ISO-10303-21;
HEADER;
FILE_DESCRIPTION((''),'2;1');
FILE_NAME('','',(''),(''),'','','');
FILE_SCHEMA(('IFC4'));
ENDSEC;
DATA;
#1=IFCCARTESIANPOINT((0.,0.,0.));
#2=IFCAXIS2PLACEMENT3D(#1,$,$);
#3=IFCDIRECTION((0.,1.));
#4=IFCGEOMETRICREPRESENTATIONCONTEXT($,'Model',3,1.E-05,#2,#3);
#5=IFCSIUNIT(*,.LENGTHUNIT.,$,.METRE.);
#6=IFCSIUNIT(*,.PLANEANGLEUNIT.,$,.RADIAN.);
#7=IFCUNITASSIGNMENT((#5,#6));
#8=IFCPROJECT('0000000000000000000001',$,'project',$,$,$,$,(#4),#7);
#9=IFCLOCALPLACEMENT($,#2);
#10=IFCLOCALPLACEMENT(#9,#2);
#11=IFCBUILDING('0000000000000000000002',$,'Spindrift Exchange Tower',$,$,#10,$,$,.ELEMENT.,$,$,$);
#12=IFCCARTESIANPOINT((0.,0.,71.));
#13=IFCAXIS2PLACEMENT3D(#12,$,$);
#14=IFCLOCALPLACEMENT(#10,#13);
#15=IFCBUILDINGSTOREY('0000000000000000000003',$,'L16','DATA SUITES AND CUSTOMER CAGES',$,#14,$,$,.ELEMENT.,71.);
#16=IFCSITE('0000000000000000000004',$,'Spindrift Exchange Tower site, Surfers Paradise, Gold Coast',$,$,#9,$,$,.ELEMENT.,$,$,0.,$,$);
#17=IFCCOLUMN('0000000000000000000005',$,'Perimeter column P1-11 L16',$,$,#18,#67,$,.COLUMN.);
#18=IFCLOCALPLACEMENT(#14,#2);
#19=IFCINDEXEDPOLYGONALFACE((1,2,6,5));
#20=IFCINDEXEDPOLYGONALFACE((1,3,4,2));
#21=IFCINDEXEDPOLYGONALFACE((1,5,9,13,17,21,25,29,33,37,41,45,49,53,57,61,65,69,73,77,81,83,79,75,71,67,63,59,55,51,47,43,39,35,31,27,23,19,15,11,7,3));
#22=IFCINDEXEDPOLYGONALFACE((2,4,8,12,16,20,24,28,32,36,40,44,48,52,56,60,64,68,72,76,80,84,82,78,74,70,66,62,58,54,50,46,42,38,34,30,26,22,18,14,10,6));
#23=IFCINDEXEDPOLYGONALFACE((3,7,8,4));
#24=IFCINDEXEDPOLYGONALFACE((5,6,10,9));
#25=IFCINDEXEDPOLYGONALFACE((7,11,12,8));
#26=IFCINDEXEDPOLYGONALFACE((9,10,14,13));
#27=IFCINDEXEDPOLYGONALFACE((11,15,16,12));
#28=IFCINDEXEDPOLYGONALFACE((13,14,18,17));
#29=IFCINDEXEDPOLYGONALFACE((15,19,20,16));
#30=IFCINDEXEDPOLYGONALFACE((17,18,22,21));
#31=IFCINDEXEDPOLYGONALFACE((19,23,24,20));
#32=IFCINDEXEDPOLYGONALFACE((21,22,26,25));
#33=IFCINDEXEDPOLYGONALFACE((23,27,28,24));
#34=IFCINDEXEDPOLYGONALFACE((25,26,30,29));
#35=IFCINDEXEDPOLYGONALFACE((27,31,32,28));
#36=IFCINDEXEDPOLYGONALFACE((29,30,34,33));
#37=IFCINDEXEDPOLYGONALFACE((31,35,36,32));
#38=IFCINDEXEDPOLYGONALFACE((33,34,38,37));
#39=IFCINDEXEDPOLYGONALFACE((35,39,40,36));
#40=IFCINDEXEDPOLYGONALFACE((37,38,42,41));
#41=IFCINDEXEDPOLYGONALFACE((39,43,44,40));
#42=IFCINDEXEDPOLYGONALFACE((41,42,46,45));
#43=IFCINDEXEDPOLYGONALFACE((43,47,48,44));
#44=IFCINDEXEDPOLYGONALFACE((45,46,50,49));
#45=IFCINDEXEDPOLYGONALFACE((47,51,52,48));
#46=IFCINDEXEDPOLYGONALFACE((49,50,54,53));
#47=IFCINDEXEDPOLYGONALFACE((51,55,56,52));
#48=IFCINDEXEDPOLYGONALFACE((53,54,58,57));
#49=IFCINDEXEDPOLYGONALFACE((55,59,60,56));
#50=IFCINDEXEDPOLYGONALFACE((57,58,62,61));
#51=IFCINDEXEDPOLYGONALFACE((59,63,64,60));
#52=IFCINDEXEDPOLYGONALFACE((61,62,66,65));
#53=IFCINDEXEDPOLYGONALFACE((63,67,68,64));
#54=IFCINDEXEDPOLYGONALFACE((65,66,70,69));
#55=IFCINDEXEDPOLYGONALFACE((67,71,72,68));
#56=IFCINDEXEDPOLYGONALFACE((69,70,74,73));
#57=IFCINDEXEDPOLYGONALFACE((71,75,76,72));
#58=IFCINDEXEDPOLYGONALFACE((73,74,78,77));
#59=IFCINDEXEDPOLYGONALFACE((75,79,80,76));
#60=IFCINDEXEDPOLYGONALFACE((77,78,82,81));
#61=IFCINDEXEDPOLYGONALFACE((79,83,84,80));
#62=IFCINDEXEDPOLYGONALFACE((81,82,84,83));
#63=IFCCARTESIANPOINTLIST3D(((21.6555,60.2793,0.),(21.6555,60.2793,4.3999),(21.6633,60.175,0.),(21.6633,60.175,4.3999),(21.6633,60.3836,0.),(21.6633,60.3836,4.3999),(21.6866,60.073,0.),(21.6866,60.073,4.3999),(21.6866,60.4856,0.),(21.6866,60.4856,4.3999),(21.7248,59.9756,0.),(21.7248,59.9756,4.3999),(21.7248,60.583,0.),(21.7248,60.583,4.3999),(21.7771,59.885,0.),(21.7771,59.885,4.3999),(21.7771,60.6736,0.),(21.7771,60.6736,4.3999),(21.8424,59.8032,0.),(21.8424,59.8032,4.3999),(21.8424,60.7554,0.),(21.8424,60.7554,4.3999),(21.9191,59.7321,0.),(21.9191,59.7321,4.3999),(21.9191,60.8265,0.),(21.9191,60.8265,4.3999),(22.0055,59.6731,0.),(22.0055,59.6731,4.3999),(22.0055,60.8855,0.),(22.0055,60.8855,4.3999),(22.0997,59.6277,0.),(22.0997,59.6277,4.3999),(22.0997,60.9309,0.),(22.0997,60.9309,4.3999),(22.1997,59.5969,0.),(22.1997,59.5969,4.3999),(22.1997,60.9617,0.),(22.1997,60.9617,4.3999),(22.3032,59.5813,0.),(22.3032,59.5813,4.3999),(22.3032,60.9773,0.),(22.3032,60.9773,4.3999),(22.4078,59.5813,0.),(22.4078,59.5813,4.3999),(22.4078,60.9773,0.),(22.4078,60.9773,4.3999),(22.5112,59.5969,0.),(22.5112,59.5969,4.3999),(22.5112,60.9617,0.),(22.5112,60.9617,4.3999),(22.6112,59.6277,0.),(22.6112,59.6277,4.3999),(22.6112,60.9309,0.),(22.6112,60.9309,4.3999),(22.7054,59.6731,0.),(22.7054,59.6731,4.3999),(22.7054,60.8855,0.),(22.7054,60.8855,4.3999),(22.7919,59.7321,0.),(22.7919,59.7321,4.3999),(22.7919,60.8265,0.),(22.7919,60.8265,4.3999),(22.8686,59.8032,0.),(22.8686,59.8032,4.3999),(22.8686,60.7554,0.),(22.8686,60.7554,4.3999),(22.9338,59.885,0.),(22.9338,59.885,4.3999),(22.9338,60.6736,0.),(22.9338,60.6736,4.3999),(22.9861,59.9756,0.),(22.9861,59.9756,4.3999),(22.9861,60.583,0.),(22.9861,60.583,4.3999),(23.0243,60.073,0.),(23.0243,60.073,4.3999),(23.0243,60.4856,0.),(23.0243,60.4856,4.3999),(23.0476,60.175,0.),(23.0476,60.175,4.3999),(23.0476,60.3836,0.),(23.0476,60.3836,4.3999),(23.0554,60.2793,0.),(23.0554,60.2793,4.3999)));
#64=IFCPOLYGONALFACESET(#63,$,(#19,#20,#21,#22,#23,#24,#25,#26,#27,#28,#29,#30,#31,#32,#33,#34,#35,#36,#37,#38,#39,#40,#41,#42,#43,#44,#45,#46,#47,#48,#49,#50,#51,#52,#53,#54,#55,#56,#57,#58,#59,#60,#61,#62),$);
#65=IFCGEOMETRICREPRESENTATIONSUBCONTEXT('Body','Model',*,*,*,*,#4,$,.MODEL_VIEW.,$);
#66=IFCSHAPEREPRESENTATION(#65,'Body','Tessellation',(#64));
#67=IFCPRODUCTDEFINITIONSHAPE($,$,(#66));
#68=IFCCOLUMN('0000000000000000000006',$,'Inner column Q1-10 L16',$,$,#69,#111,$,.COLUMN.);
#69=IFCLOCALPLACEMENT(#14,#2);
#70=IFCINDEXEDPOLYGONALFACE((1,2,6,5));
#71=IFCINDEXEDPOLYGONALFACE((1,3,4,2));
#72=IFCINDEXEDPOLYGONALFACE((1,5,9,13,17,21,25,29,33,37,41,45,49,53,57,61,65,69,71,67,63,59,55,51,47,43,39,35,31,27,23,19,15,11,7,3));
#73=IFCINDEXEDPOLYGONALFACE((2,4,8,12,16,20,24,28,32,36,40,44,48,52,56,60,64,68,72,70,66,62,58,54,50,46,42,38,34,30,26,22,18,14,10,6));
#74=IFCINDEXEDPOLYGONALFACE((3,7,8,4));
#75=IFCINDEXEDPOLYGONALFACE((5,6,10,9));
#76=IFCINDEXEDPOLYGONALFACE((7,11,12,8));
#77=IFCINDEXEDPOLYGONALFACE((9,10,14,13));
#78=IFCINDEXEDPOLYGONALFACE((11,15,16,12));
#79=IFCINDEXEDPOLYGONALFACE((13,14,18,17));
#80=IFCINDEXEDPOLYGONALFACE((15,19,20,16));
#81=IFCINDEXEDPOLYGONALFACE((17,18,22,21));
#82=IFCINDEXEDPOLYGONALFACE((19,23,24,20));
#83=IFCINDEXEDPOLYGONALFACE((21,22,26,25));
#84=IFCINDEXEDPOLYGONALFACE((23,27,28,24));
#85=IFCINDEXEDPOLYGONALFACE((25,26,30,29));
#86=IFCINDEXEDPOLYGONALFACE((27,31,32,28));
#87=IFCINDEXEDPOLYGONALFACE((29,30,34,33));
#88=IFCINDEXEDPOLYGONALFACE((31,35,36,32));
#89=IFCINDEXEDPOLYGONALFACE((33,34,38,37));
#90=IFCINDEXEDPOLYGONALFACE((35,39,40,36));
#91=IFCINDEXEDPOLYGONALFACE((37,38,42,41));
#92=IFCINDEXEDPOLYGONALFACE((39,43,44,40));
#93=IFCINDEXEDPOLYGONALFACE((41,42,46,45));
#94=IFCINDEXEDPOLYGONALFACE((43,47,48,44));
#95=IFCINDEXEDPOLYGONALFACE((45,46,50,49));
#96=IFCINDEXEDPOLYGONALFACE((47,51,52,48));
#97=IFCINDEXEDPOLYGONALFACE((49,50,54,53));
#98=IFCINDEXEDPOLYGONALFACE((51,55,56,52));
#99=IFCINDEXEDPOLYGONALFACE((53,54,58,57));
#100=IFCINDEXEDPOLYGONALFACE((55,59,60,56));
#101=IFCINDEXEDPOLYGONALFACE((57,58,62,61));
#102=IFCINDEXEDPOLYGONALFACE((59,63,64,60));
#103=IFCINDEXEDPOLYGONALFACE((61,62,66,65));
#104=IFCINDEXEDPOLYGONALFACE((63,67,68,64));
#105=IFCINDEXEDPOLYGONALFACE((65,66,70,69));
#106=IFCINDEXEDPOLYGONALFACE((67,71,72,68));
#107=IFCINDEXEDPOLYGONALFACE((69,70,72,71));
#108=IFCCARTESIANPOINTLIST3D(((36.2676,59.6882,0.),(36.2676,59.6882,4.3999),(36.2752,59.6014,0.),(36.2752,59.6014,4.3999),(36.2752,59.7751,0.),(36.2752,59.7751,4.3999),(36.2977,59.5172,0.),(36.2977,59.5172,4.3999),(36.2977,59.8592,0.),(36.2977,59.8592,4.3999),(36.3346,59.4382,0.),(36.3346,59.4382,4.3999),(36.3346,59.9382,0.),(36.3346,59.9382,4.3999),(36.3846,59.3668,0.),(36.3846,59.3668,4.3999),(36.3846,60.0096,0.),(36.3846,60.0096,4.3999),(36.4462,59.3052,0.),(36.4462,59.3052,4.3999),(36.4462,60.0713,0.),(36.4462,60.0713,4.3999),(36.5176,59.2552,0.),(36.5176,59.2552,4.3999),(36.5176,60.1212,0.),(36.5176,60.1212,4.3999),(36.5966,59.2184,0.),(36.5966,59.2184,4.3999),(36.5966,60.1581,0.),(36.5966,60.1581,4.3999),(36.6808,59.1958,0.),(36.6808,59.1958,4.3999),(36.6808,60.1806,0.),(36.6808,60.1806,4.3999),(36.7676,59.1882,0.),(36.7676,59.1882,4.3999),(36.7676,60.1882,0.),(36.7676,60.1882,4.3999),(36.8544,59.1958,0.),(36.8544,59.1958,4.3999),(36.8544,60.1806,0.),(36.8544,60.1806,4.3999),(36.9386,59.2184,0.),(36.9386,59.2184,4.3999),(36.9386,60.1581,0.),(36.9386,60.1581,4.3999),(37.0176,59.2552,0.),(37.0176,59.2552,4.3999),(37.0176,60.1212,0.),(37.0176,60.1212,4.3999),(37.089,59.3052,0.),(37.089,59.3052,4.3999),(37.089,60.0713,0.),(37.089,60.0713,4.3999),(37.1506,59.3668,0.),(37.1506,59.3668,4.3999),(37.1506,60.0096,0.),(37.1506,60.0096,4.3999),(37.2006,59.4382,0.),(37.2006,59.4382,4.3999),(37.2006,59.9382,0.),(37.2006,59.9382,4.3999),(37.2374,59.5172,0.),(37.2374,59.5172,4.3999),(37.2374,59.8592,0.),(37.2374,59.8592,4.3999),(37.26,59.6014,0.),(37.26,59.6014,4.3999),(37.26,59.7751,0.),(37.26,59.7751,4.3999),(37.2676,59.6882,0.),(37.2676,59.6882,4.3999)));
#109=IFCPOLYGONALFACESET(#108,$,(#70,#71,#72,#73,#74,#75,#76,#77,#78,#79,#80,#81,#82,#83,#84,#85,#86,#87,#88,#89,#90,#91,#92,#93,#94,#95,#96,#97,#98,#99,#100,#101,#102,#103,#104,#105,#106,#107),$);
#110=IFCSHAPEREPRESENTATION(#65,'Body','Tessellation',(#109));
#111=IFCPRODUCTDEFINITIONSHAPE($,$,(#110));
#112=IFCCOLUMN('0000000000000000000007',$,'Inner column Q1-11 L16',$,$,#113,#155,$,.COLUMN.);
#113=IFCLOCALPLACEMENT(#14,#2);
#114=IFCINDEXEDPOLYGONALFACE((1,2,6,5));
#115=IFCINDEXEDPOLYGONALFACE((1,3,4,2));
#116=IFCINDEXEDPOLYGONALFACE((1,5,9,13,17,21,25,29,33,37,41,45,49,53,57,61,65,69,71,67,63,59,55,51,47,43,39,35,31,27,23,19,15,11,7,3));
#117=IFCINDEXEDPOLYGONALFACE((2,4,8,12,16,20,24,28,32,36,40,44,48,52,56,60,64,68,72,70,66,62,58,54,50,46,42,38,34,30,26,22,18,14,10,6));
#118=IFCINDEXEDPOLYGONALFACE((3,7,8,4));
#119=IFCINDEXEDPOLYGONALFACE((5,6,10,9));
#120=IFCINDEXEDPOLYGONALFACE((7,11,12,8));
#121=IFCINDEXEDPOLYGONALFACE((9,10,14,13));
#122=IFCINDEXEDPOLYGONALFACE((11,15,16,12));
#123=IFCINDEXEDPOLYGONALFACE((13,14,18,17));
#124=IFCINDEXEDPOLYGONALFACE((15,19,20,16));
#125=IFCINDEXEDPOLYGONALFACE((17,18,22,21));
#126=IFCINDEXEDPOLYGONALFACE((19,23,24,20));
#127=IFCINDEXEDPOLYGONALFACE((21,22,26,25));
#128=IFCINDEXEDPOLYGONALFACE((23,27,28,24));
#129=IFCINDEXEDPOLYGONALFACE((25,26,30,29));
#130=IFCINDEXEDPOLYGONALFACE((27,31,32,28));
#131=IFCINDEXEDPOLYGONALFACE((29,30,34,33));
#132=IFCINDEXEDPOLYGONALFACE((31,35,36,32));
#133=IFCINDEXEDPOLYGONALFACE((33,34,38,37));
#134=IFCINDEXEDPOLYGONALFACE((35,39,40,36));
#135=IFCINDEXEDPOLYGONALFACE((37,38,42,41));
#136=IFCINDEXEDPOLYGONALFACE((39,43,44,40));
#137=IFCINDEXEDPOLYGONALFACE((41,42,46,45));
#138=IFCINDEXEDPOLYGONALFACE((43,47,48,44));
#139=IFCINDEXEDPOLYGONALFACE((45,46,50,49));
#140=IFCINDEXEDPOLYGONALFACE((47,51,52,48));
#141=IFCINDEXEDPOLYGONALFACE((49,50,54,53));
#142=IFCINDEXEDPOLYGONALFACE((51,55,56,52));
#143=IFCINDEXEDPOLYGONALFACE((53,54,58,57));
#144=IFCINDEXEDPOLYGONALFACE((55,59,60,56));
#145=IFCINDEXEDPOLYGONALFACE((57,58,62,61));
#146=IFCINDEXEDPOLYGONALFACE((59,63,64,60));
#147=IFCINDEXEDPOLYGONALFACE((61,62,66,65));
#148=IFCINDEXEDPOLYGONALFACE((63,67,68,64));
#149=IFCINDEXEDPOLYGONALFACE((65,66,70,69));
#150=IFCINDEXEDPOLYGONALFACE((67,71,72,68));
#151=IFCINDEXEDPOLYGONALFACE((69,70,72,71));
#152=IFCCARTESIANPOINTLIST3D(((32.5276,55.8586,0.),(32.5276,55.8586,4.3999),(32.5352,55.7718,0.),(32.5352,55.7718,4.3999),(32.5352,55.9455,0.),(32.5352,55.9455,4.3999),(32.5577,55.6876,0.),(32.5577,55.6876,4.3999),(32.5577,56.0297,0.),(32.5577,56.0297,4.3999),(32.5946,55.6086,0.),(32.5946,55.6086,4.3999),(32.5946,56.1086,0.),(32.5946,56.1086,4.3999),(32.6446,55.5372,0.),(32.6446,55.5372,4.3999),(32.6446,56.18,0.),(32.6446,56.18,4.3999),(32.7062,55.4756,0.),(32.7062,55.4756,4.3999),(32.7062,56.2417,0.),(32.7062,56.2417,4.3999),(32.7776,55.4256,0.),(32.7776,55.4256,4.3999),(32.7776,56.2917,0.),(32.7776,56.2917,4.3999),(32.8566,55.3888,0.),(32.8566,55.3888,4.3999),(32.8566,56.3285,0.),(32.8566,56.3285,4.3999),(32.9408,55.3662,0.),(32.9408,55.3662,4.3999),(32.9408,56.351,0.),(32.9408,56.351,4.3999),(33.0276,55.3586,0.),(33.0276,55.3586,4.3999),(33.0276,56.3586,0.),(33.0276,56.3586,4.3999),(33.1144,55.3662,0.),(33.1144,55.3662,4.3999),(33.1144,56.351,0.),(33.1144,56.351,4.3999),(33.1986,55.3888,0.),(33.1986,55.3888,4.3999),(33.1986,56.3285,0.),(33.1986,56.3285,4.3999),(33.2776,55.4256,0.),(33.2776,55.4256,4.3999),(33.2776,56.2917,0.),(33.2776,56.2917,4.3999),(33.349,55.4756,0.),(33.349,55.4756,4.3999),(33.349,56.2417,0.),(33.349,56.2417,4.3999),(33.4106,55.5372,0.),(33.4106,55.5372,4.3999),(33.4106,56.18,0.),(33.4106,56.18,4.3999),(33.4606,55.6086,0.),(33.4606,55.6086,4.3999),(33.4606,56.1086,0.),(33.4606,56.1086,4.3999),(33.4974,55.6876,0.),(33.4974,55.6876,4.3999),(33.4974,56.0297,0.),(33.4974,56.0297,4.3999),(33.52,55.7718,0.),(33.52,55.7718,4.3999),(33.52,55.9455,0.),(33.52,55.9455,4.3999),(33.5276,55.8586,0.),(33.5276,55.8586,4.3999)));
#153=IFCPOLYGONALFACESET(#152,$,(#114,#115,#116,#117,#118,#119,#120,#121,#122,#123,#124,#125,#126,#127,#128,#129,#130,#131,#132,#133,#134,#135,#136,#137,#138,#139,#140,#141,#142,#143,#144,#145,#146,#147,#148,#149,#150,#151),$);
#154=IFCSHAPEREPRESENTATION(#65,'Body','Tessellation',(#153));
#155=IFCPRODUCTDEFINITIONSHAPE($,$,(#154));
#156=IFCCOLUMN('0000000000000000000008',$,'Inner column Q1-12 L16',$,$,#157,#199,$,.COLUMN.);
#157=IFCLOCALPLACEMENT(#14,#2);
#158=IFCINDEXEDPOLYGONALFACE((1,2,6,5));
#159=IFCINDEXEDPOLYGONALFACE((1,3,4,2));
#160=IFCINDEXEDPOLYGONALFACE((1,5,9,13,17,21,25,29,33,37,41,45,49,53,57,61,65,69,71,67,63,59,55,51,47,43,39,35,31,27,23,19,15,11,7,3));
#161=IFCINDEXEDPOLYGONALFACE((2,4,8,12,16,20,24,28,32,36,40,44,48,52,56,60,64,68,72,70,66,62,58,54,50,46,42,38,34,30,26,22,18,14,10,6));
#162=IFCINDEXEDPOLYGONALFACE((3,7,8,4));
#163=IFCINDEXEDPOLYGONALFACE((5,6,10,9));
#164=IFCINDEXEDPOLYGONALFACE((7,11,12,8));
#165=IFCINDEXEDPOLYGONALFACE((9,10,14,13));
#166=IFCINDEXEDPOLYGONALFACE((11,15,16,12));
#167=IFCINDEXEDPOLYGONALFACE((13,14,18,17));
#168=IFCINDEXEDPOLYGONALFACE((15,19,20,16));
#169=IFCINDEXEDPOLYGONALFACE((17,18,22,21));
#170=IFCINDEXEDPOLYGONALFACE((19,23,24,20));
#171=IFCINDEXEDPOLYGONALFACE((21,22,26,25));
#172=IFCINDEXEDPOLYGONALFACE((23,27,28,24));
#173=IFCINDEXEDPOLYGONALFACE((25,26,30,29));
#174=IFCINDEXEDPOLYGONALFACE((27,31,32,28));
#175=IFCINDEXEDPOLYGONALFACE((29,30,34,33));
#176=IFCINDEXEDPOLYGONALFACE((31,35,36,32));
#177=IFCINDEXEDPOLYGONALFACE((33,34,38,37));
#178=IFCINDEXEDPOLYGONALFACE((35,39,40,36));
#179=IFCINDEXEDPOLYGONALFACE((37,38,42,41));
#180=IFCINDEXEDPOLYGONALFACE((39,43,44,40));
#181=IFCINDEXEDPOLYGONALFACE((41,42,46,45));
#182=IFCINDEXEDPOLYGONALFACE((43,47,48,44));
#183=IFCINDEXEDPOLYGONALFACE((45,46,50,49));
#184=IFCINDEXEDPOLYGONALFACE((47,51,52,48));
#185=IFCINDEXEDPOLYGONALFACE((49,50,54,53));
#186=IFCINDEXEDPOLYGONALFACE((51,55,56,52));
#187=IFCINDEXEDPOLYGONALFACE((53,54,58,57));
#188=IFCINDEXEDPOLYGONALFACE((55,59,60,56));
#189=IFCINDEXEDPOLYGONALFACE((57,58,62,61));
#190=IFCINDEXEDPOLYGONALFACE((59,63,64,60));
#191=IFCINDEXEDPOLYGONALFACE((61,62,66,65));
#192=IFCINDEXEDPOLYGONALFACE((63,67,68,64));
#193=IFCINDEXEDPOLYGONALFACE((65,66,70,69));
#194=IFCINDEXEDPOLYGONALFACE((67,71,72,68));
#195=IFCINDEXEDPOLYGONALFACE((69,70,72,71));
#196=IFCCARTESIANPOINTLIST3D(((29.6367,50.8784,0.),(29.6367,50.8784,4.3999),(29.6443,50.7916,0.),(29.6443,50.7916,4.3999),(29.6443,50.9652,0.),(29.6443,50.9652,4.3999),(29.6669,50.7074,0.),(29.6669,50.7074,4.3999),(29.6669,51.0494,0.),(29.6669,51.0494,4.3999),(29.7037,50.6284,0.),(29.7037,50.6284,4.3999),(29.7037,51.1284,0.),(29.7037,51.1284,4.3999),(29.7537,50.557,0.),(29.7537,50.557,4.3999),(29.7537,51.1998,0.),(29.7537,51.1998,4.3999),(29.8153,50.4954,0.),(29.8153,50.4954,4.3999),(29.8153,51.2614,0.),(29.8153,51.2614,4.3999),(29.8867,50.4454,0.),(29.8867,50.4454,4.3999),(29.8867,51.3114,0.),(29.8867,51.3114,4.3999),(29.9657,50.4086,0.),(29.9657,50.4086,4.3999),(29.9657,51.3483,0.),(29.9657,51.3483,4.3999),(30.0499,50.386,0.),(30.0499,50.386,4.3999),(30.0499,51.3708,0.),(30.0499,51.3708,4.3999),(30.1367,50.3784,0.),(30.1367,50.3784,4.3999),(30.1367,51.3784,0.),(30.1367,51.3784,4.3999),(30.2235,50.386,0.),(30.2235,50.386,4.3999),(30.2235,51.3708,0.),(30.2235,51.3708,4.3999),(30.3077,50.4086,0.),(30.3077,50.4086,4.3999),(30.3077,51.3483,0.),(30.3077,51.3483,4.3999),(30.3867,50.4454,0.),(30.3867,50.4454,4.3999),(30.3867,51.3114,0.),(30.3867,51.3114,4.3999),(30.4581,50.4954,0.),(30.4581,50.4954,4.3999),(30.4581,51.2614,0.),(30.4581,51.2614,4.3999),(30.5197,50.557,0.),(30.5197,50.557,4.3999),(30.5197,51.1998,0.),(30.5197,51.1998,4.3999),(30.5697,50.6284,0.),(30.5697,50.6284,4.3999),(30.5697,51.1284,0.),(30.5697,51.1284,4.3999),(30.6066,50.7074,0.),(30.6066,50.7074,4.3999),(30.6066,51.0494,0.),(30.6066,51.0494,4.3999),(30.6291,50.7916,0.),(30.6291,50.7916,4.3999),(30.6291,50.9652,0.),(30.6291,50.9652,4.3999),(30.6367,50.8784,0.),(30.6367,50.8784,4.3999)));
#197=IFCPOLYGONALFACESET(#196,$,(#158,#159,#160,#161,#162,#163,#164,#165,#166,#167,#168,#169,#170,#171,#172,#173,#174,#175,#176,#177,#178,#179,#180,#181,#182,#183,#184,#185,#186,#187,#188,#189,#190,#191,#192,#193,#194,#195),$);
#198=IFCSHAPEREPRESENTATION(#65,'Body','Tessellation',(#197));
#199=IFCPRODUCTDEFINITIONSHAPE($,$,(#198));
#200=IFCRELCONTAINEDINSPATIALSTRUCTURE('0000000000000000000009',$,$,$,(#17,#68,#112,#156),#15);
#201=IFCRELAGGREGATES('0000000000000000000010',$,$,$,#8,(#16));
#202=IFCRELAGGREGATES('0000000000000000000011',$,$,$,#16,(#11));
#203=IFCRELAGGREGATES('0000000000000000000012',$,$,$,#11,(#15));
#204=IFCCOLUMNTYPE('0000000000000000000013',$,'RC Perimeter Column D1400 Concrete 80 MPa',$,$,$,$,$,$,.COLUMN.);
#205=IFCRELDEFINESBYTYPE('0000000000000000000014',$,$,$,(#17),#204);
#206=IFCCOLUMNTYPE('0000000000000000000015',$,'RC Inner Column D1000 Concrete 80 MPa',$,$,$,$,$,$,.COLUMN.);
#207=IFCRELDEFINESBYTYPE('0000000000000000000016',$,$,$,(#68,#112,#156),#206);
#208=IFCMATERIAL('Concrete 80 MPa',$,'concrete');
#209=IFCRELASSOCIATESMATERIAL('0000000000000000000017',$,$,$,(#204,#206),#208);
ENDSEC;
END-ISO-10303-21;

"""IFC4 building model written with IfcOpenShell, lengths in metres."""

from ifc_helpers import new_model, si_unit, direction, frame, origin, origin_2d, place, context, subcontext, project, spatial, circle, extrude, source, transform, mapped, material, material_profile, profile_set, type_object, element, save


model = new_model("IFC4")

# Units and contexts
model_context = context("Model", 3, precision=1e-05, world=origin(), true_north=direction((0.0, 1.0)))
body_context = subcontext(model_context, "Body", "Model", "MODEL_VIEW")
ifc_project = project(units=[si_unit("LENGTHUNIT", "METRE"), si_unit("PLANEANGLEUNIT", "RADIAN")], contexts=[model_context])

# Site, building, storey
site_placement = place(None, origin())
site = spatial("IfcSite", under=ifc_project, at=site_placement, Name="Spindrift Exchange Tower site, Surfers Paradise, Gold Coast", CompositionType="ELEMENT", RefElevation=0.0)
building_placement = place(site_placement, origin())
building = spatial("IfcBuilding", under=site, at=building_placement, Name="Spindrift Exchange Tower", CompositionType="ELEMENT")
storey_placement = place(building_placement, frame((0.0, 0.0, 71.0)))
storey = spatial("IfcBuildingStorey", under=building, at=storey_placement, Name="L16", Description="DATA SUITES AND CUSTOMER CAGES", CompositionType="ELEMENT", Elevation=71.0)

# Columns
ifc_material_1 = material(Name="Concrete 80 MPa", Category="concrete")
ifc_material_profile_1 = material_profile(ifc_material_1, circle(Radius=0.7, at=origin_2d()), Name="RC D1400")
ifc_profile_set_1 = profile_set([ifc_material_profile_1], Name="Concrete 80 MPa")
column_type_1 = type_object("IfcColumnType", Name="RC Perimeter Column D1400 Concrete 80 MPa", PredefinedType="COLUMN", material=ifc_profile_set_1)
shared_shape_1 = source(origin(), body_context, "Body", "SweptSolid", [
    extrude(circle(Radius=0.7, at=origin_2d()), origin(), (0.0, 0.0, 1.0), 4.3999),
])
column_placement = place(storey_placement, frame((22.3555, 60.2793, 0.0), z_axis=(0.0, 0.0, 1.0), x_axis=(1.0, 0.0, 0.0)))
element("IfcColumn", 1, at=column_placement, inside=storey, type_object=column_type_1, Name="Perimeter column P1-11 L16", PredefinedType="COLUMN", context=body_context, shape_type="MappedRepresentation", body=[
    mapped(shared_shape_1, transform((0.0, 0.0, 0.0), scale=1.0)),
])
ifc_material_profile_2 = material_profile(ifc_material_1, circle(Radius=0.5, at=origin_2d()), Name="RC D1000")
ifc_profile_set_2 = profile_set([ifc_material_profile_2], Name="Concrete 80 MPa")
column_type_2 = type_object("IfcColumnType", Name="RC Inner Column D1000 Concrete 80 MPa", PredefinedType="COLUMN", material=ifc_profile_set_2)
shared_shape_2 = source(origin(), body_context, "Body", "SweptSolid", [
    extrude(circle(Radius=0.5, at=origin_2d()), origin(), (0.0, 0.0, 1.0), 4.3999),
])
for number, where, z_axis, x_axis, name in (
    (2, (36.7676, 59.6882, 0.0), (0.0, 0.0, 1.0), (1.0, 0.0, 0.0), "Inner column Q1-10 L16"),
    (3, (33.0276, 55.8586, 0.0), (0.0, 0.0, 1.0), (1.0, 0.0, 0.0), "Inner column Q1-11 L16"),
    (4, (30.1367, 50.8784, 0.0), (0.0, 0.0, 1.0), (1.0, 0.0, 0.0), "Inner column Q1-12 L16"),
):
    element("IfcColumn", number, at=place(storey_placement, frame(where, z_axis=z_axis, x_axis=x_axis)), inside=storey, type_object=column_type_2, Name=name, PredefinedType="COLUMN", context=body_context, shape_type="MappedRepresentation", body=[
        mapped(shared_shape_2, transform((0.0, 0.0, 0.0), scale=1.0)),
    ])

save(model, "model.ifc")
